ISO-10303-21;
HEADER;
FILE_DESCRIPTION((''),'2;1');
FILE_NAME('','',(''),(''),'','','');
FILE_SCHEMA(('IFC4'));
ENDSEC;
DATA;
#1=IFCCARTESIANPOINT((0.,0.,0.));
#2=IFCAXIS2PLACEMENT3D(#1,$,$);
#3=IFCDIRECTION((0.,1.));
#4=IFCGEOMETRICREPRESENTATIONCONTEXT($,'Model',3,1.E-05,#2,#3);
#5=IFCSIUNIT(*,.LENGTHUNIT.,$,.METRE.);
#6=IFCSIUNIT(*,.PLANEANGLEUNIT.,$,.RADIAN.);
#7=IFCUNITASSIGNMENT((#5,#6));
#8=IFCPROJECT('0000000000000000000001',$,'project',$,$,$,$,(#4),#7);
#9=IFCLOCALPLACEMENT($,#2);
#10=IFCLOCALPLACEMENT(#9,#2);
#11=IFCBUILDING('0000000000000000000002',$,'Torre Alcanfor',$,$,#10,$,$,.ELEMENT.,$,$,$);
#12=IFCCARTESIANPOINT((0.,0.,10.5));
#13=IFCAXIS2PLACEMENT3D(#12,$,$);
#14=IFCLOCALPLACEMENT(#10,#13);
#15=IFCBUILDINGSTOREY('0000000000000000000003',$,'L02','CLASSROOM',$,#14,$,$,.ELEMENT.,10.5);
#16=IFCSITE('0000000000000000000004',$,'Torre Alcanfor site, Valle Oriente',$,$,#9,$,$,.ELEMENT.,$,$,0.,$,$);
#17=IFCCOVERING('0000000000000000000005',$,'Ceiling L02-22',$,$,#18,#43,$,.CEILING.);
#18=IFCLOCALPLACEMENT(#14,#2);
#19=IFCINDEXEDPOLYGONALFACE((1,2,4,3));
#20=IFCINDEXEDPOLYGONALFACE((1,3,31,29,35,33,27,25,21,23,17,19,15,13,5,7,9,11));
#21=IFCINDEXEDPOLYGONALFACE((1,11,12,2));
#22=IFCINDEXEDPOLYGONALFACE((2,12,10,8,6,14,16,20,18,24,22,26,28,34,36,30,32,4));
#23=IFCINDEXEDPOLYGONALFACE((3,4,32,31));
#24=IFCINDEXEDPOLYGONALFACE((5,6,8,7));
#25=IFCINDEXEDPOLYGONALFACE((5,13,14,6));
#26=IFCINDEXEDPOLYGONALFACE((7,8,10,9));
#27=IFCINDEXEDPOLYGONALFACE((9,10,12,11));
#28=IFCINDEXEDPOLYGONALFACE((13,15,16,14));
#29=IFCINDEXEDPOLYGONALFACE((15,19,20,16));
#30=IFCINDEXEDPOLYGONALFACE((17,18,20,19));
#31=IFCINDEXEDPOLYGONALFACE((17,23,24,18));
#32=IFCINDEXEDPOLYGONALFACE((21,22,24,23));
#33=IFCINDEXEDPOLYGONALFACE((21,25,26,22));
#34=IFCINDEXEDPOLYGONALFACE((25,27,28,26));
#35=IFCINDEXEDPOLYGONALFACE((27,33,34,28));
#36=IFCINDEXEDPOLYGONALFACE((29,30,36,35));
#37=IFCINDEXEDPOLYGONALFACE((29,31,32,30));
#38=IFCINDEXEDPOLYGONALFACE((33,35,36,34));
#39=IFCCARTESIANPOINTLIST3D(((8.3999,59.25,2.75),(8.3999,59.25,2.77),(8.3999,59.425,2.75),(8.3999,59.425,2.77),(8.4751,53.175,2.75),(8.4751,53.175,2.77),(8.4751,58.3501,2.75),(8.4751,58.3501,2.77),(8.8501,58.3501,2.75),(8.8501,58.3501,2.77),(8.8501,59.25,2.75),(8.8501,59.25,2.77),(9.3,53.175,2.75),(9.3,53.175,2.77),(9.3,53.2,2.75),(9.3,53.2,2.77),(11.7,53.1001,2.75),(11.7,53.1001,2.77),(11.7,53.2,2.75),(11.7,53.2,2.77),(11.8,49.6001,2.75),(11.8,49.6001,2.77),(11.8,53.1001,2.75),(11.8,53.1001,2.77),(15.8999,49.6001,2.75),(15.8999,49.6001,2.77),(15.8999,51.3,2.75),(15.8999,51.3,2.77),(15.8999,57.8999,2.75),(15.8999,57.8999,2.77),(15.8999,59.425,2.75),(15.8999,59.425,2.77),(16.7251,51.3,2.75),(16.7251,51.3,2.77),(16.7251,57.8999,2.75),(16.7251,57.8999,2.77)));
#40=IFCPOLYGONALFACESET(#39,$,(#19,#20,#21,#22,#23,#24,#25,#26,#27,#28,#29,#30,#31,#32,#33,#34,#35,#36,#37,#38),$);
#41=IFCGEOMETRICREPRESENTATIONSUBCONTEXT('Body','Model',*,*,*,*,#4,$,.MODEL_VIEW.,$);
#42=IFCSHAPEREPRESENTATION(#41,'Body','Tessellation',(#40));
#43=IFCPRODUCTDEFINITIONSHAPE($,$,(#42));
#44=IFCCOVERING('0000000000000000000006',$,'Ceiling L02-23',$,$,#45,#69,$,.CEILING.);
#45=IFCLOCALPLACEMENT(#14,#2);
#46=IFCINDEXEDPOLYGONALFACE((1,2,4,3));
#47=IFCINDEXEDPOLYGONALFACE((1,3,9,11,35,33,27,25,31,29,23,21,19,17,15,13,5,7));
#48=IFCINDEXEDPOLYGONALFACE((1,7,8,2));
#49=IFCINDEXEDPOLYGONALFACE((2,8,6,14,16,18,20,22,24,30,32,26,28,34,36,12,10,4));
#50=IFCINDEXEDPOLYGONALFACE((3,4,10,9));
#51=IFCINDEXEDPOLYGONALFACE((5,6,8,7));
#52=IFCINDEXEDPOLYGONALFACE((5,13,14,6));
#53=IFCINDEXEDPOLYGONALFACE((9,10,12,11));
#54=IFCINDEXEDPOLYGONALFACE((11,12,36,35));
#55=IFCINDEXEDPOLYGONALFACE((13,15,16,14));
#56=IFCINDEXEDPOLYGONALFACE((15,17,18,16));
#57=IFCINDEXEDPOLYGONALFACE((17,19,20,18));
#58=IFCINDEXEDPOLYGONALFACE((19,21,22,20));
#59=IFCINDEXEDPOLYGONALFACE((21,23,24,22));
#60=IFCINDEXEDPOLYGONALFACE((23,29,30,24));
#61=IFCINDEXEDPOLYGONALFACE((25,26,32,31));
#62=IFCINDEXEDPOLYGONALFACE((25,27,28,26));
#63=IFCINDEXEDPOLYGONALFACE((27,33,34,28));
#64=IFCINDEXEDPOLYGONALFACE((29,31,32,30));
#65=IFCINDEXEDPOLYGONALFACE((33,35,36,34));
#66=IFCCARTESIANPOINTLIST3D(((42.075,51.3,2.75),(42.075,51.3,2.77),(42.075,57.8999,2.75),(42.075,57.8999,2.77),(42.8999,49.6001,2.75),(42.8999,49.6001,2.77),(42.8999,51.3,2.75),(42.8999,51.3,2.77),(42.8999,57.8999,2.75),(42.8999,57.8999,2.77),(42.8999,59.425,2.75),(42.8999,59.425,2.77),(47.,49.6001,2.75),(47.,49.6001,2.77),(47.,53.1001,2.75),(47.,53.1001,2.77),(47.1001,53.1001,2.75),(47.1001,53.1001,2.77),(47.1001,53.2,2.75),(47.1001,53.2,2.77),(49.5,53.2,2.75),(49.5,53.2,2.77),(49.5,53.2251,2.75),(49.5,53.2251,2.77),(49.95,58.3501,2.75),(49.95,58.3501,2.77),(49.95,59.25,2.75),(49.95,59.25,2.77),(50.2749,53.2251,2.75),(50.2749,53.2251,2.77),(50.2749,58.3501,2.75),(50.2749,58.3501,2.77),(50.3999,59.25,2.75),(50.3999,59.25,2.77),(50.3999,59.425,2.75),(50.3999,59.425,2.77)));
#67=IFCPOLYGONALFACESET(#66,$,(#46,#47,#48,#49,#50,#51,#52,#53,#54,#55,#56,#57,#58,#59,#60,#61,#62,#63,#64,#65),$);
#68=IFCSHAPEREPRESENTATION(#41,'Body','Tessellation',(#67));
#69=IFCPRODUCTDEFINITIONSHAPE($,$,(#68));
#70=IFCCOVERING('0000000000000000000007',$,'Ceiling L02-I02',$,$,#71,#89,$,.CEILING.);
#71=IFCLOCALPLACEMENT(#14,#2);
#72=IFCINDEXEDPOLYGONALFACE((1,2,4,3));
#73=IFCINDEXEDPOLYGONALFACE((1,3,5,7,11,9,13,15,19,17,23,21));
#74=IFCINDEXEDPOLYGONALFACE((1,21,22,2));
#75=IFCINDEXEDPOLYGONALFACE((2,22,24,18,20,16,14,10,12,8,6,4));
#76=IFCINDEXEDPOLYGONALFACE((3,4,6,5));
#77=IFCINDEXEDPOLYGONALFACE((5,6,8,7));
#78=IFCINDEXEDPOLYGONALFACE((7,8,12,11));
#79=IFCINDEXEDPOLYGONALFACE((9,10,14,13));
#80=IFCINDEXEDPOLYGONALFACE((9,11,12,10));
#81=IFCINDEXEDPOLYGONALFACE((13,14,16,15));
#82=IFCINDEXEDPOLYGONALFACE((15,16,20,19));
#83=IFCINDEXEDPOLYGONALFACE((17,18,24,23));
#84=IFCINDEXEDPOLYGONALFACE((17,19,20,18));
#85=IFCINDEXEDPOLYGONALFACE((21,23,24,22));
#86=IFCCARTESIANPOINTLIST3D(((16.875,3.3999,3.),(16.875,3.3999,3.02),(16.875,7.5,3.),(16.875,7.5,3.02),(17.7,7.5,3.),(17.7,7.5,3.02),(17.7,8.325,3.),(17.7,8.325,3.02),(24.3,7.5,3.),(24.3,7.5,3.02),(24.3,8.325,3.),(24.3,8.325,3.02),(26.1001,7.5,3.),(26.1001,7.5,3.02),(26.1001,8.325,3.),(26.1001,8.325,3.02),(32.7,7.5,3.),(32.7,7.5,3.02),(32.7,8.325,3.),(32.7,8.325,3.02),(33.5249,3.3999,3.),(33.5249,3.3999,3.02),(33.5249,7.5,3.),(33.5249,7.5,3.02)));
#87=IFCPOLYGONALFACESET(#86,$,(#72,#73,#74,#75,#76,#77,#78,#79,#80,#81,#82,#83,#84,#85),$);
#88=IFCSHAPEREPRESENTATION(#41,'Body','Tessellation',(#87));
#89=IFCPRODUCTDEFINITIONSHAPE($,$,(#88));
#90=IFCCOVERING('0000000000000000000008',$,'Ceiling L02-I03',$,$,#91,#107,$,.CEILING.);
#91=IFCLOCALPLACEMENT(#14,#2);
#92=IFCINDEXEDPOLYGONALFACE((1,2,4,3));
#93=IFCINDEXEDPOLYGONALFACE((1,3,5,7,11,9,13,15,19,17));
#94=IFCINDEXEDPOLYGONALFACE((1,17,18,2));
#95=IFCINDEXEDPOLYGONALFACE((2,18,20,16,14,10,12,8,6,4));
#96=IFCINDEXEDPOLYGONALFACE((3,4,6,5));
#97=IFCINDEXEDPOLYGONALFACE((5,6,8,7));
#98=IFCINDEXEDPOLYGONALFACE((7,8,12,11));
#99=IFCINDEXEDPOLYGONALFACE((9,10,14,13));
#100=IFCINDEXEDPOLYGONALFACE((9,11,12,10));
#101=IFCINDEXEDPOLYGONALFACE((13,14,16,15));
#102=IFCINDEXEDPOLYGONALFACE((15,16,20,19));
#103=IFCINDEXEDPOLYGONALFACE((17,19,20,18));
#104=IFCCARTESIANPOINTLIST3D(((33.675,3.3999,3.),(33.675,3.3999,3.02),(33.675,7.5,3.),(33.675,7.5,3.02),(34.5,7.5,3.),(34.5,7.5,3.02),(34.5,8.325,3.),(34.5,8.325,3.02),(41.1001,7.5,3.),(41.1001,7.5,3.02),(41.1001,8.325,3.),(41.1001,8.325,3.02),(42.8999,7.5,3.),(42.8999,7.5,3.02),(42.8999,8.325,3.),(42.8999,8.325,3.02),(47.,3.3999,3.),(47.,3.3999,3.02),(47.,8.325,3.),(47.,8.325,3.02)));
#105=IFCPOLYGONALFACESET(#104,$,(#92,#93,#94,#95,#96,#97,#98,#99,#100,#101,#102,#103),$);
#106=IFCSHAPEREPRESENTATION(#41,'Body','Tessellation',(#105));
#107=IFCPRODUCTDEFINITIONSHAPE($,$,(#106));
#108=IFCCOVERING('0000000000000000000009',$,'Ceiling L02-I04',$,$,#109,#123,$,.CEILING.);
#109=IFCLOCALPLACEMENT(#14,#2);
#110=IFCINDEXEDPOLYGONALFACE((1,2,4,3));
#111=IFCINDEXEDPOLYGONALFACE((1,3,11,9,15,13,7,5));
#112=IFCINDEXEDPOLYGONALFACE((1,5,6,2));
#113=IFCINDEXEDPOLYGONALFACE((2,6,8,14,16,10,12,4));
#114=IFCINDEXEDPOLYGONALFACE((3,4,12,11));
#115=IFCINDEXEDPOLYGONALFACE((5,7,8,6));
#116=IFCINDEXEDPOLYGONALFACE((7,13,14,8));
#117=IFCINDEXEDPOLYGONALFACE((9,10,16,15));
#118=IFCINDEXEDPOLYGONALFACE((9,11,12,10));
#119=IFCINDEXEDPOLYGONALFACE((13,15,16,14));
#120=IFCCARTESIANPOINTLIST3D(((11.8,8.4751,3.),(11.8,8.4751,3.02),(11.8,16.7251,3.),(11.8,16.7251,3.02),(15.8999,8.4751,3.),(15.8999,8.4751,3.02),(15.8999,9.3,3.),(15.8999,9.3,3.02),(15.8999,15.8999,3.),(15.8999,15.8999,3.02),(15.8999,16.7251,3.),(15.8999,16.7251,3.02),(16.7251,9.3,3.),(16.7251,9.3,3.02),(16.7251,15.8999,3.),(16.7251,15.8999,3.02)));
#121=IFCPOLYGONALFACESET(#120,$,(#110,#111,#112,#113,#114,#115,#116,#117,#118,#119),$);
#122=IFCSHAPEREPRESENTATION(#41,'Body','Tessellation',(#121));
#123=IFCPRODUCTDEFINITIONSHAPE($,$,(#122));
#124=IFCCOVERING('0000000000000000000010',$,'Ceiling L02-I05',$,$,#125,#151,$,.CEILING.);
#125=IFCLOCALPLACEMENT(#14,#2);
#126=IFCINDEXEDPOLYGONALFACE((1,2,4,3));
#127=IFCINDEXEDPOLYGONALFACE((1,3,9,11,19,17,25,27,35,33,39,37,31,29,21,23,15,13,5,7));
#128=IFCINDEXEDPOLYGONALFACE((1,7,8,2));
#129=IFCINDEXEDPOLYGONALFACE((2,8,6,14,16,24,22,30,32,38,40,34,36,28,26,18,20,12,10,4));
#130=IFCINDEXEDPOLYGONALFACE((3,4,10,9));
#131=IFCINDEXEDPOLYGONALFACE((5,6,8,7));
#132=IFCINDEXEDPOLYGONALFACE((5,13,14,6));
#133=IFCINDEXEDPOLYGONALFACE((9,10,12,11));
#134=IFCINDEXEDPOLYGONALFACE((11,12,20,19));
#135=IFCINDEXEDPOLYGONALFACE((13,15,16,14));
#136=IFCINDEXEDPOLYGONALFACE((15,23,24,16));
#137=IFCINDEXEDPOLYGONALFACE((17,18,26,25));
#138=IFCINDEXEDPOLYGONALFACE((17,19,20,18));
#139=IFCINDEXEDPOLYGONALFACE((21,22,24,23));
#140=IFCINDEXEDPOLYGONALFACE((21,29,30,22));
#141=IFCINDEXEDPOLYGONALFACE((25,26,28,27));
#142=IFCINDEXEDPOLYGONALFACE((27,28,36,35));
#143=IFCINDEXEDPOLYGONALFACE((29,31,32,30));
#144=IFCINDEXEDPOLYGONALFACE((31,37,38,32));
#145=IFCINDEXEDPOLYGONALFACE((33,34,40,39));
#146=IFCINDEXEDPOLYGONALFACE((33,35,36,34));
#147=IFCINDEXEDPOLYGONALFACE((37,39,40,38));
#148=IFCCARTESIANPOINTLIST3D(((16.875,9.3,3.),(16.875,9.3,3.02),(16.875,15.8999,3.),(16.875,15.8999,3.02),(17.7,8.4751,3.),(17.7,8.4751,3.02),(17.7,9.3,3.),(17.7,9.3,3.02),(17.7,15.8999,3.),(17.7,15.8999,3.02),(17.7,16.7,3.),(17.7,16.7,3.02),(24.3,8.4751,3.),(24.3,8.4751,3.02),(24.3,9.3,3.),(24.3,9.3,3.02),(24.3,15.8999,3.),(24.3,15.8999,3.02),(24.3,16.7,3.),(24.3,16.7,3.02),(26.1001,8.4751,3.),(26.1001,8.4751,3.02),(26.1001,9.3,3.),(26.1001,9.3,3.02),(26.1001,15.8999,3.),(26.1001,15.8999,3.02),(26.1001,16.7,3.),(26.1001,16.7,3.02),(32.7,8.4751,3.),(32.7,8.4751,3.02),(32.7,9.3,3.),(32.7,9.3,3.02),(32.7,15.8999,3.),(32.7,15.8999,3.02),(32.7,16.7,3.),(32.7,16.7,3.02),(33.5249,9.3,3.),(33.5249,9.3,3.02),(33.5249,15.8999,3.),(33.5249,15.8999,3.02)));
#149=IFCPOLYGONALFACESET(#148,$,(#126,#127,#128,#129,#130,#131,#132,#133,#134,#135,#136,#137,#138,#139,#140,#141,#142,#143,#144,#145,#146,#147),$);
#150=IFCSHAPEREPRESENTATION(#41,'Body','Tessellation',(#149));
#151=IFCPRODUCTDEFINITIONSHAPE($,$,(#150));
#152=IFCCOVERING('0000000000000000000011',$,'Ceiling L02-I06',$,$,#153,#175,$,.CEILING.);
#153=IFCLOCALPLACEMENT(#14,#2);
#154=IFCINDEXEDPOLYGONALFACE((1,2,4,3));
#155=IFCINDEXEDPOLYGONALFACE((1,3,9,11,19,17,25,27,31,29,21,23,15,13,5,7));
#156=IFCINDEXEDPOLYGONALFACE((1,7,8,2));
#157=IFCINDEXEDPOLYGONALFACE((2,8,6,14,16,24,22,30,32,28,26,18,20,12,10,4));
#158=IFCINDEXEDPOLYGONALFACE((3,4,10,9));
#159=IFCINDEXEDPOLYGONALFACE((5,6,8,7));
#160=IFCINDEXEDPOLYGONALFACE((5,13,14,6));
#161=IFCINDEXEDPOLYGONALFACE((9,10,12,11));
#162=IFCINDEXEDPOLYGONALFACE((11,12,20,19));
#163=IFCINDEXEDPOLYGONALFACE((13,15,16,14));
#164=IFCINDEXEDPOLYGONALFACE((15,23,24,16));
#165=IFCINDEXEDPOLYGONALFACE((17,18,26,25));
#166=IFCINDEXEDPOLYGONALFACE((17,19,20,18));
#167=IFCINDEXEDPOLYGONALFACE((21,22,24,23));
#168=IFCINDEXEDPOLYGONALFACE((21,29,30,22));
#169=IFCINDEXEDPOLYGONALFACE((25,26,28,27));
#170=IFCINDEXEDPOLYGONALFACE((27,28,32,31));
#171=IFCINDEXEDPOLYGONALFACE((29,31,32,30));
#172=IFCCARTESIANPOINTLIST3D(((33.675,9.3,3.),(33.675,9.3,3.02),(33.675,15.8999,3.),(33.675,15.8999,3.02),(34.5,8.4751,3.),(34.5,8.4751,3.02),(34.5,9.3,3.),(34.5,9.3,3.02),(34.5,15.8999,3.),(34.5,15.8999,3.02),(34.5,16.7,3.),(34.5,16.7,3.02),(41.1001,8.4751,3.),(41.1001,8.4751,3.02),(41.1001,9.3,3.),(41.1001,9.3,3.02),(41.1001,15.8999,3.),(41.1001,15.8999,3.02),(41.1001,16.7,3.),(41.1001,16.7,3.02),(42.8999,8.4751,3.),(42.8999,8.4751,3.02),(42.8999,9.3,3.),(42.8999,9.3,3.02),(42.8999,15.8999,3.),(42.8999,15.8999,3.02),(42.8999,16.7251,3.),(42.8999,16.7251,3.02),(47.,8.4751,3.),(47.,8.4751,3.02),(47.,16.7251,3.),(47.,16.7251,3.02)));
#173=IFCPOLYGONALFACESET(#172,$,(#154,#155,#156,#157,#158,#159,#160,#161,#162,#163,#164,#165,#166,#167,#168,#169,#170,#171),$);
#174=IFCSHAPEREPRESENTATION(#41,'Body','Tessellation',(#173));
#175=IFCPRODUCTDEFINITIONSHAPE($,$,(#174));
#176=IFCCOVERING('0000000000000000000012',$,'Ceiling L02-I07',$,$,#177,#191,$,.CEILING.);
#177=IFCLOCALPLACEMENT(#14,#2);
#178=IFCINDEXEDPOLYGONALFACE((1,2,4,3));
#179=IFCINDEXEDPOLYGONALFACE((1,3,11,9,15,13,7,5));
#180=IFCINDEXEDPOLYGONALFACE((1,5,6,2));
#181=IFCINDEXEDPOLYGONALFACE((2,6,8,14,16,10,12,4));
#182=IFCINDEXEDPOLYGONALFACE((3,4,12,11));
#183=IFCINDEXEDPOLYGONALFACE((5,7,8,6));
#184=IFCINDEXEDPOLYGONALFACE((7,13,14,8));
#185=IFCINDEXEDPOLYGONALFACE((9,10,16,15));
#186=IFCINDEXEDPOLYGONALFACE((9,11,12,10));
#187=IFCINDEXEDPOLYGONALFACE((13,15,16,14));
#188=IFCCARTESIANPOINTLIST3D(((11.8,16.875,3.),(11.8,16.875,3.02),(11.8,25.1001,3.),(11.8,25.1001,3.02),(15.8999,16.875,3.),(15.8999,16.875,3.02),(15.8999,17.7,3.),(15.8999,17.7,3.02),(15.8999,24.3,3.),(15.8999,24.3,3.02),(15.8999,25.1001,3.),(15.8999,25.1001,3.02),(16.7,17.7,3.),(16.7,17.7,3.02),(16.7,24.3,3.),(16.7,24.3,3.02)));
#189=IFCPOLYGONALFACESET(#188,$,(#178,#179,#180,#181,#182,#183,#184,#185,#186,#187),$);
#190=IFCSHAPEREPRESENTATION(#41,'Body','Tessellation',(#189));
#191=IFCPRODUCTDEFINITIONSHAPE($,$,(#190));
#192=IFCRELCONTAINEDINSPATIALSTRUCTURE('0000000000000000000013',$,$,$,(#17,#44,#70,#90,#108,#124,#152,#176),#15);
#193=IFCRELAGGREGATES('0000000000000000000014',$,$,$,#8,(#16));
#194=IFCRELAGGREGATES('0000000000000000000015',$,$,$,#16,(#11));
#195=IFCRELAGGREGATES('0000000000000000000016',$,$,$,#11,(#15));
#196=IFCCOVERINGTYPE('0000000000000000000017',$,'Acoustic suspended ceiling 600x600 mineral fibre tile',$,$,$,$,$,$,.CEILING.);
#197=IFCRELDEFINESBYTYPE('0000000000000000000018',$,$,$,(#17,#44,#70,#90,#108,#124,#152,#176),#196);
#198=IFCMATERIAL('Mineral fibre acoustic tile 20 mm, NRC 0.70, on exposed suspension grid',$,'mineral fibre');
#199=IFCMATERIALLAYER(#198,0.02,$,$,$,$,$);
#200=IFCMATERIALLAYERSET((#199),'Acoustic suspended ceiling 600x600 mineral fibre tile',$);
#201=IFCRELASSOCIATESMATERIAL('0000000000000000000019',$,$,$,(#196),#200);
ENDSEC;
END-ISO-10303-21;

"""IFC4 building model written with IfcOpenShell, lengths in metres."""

from ifc_helpers import new_model, si_unit, direction, frame, origin, place, context, subcontext, project, spatial, polyline, outline, extrude, material, layer, layer_set, type_object, element, save


model = new_model("IFC4")

# Units and contexts
model_context = context("Model", 3, precision=1e-05, world=origin(), true_north=direction((0.0, 1.0)))
body_context = subcontext(model_context, "Body", "Model", "MODEL_VIEW")
ifc_project = project(units=[si_unit("LENGTHUNIT", "METRE"), si_unit("PLANEANGLEUNIT", "RADIAN")], contexts=[model_context])

# Site, building, storey
site_placement = place(None, origin())
site = spatial("IfcSite", under=ifc_project, at=site_placement, Name="Torre Alcanfor site, Valle Oriente", CompositionType="ELEMENT", RefElevation=0.0)
building_placement = place(site_placement, origin())
building = spatial("IfcBuilding", under=site, at=building_placement, Name="Torre Alcanfor", CompositionType="ELEMENT")
storey_placement = place(building_placement, frame((0.0, 0.0, 10.5)))
storey = spatial("IfcBuildingStorey", under=building, at=storey_placement, Name="L02", Description="CLASSROOM", CompositionType="ELEMENT", Elevation=10.5)

# Coverings
ifc_material_1 = material(Name="Mineral fibre acoustic tile 20 mm, NRC 0.70, on exposed suspension grid", Category="mineral fibre")
ifc_layer_1 = layer(ifc_material_1, 0.02)
ifc_layer_set_1 = layer_set([ifc_layer_1], Name="Acoustic suspended ceiling 600x600 mineral fibre tile")
covering_type_1 = type_object("IfcCoveringType", Name="Acoustic suspended ceiling 600x600 mineral fibre tile", PredefinedType="CEILING", material=ifc_layer_set_1)
covering_1_placement = place(storey_placement, frame((0.0, 0.0, 2.75)))
element("IfcCovering", 1, at=covering_1_placement, inside=storey, type_object=covering_type_1, Name="Ceiling L02-22", PredefinedType="CEILING", context=body_context, shape_type="SweptSolid", body=[
    extrude(outline(polyline([(8.3999, 59.25), (8.8501, 59.25), (8.8501, 58.3501), (8.4751, 58.3501), (8.4751, 53.175), (9.3, 53.175), (9.3, 53.2), (11.7, 53.2), (11.7, 53.1001), (11.8, 53.1001), (11.8, 49.6001), (15.8999, 49.6001), (15.8999, 51.3), (16.7251, 51.3), (16.7251, 57.8999), (15.8999, 57.8999), (15.8999, 59.425), (8.3999, 59.425), (8.3999, 59.25)])), origin(), (0.0, 0.0, 1.0), 0.02),
])
covering_2_placement = place(storey_placement, frame((0.0, 0.0, 2.75)))
element("IfcCovering", 2, at=covering_2_placement, inside=storey, type_object=covering_type_1, Name="Ceiling L02-23", PredefinedType="CEILING", context=body_context, shape_type="SweptSolid", body=[
    extrude(outline(polyline([(49.95, 59.25), (50.3999, 59.25), (50.3999, 59.425), (42.8999, 59.425), (42.8999, 57.8999), (42.075, 57.8999), (42.075, 51.3), (42.8999, 51.3), (42.8999, 49.6001), (47.0, 49.6001), (47.0, 53.1001), (47.1001, 53.1001), (47.1001, 53.2), (49.5, 53.2), (49.5, 53.2251), (50.2749, 53.2251), (50.2749, 58.3501), (49.95, 58.3501), (49.95, 59.25)])), origin(), (0.0, 0.0, 1.0), 0.02),
])
covering_3_placement = place(storey_placement, frame((0.0, 0.0, 3.0)))
element("IfcCovering", 3, at=covering_3_placement, inside=storey, type_object=covering_type_1, Name="Ceiling L02-I02", PredefinedType="CEILING", context=body_context, shape_type="SweptSolid", body=[
    extrude(outline(polyline([(17.7, 8.325), (17.7, 7.5), (16.875, 7.5), (16.875, 3.3999), (33.5249, 3.3999), (33.5249, 7.5), (32.7, 7.5), (32.7, 8.325), (26.1001, 8.325), (26.1001, 7.5), (24.3, 7.5), (24.3, 8.325), (17.7, 8.325)])), origin(), (0.0, 0.0, 1.0), 0.02),
])
covering_4_placement = place(storey_placement, frame((0.0, 0.0, 3.0)))
element("IfcCovering", 4, at=covering_4_placement, inside=storey, type_object=covering_type_1, Name="Ceiling L02-I03", PredefinedType="CEILING", context=body_context, shape_type="SweptSolid", body=[
    extrude(outline(polyline([(34.5, 8.325), (34.5, 7.5), (33.675, 7.5), (33.675, 3.3999), (47.0, 3.3999), (47.0, 8.325), (42.8999, 8.325), (42.8999, 7.5), (41.1001, 7.5), (41.1001, 8.325), (34.5, 8.325)])), origin(), (0.0, 0.0, 1.0), 0.02),
])
covering_5_placement = place(storey_placement, frame((0.0, 0.0, 3.0)))
element("IfcCovering", 5, at=covering_5_placement, inside=storey, type_object=covering_type_1, Name="Ceiling L02-I04", PredefinedType="CEILING", context=body_context, shape_type="SweptSolid", body=[
    extrude(outline(polyline([(16.7251, 15.8999), (15.8999, 15.8999), (15.8999, 16.7251), (11.8, 16.7251), (11.8, 8.4751), (15.8999, 8.4751), (15.8999, 9.3), (16.7251, 9.3), (16.7251, 15.8999)])), origin(), (0.0, 0.0, 1.0), 0.02),
])
covering_6_placement = place(storey_placement, frame((0.0, 0.0, 3.0)))
element("IfcCovering", 6, at=covering_6_placement, inside=storey, type_object=covering_type_1, Name="Ceiling L02-I05", PredefinedType="CEILING", context=body_context, shape_type="SweptSolid", body=[
    extrude(outline(polyline([(26.1001, 15.8999), (24.3, 15.8999), (24.3, 16.7), (17.7, 16.7), (17.7, 15.8999), (16.875, 15.8999), (16.875, 9.3), (17.7, 9.3), (17.7, 8.4751), (24.3, 8.4751), (24.3, 9.3), (26.1001, 9.3), (26.1001, 8.4751), (32.7, 8.4751), (32.7, 9.3), (33.5249, 9.3), (33.5249, 15.8999), (32.7, 15.8999), (32.7, 16.7), (26.1001, 16.7), (26.1001, 15.8999)])), origin(), (0.0, 0.0, 1.0), 0.02),
])
covering_7_placement = place(storey_placement, frame((0.0, 0.0, 3.0)))
element("IfcCovering", 7, at=covering_7_placement, inside=storey, type_object=covering_type_1, Name="Ceiling L02-I06", PredefinedType="CEILING", context=body_context, shape_type="SweptSolid", body=[
    extrude(outline(polyline([(42.8999, 15.8999), (41.1001, 15.8999), (41.1001, 16.7), (34.5, 16.7), (34.5, 15.8999), (33.675, 15.8999), (33.675, 9.3), (34.5, 9.3), (34.5, 8.4751), (41.1001, 8.4751), (41.1001, 9.3), (42.8999, 9.3), (42.8999, 8.4751), (47.0, 8.4751), (47.0, 16.7251), (42.8999, 16.7251), (42.8999, 15.8999)])), origin(), (0.0, 0.0, 1.0), 0.02),
])
covering_8_placement = place(storey_placement, frame((0.0, 0.0, 3.0)))
element("IfcCovering", 8, at=covering_8_placement, inside=storey, type_object=covering_type_1, Name="Ceiling L02-I07", PredefinedType="CEILING", context=body_context, shape_type="SweptSolid", body=[
    extrude(outline(polyline([(16.7, 24.3), (15.8999, 24.3), (15.8999, 25.1001), (11.8, 25.1001), (11.8, 16.875), (15.8999, 16.875), (15.8999, 17.7), (16.7, 17.7), (16.7, 24.3)])), origin(), (0.0, 0.0, 1.0), 0.02),
])

save(model, "model.ifc")
